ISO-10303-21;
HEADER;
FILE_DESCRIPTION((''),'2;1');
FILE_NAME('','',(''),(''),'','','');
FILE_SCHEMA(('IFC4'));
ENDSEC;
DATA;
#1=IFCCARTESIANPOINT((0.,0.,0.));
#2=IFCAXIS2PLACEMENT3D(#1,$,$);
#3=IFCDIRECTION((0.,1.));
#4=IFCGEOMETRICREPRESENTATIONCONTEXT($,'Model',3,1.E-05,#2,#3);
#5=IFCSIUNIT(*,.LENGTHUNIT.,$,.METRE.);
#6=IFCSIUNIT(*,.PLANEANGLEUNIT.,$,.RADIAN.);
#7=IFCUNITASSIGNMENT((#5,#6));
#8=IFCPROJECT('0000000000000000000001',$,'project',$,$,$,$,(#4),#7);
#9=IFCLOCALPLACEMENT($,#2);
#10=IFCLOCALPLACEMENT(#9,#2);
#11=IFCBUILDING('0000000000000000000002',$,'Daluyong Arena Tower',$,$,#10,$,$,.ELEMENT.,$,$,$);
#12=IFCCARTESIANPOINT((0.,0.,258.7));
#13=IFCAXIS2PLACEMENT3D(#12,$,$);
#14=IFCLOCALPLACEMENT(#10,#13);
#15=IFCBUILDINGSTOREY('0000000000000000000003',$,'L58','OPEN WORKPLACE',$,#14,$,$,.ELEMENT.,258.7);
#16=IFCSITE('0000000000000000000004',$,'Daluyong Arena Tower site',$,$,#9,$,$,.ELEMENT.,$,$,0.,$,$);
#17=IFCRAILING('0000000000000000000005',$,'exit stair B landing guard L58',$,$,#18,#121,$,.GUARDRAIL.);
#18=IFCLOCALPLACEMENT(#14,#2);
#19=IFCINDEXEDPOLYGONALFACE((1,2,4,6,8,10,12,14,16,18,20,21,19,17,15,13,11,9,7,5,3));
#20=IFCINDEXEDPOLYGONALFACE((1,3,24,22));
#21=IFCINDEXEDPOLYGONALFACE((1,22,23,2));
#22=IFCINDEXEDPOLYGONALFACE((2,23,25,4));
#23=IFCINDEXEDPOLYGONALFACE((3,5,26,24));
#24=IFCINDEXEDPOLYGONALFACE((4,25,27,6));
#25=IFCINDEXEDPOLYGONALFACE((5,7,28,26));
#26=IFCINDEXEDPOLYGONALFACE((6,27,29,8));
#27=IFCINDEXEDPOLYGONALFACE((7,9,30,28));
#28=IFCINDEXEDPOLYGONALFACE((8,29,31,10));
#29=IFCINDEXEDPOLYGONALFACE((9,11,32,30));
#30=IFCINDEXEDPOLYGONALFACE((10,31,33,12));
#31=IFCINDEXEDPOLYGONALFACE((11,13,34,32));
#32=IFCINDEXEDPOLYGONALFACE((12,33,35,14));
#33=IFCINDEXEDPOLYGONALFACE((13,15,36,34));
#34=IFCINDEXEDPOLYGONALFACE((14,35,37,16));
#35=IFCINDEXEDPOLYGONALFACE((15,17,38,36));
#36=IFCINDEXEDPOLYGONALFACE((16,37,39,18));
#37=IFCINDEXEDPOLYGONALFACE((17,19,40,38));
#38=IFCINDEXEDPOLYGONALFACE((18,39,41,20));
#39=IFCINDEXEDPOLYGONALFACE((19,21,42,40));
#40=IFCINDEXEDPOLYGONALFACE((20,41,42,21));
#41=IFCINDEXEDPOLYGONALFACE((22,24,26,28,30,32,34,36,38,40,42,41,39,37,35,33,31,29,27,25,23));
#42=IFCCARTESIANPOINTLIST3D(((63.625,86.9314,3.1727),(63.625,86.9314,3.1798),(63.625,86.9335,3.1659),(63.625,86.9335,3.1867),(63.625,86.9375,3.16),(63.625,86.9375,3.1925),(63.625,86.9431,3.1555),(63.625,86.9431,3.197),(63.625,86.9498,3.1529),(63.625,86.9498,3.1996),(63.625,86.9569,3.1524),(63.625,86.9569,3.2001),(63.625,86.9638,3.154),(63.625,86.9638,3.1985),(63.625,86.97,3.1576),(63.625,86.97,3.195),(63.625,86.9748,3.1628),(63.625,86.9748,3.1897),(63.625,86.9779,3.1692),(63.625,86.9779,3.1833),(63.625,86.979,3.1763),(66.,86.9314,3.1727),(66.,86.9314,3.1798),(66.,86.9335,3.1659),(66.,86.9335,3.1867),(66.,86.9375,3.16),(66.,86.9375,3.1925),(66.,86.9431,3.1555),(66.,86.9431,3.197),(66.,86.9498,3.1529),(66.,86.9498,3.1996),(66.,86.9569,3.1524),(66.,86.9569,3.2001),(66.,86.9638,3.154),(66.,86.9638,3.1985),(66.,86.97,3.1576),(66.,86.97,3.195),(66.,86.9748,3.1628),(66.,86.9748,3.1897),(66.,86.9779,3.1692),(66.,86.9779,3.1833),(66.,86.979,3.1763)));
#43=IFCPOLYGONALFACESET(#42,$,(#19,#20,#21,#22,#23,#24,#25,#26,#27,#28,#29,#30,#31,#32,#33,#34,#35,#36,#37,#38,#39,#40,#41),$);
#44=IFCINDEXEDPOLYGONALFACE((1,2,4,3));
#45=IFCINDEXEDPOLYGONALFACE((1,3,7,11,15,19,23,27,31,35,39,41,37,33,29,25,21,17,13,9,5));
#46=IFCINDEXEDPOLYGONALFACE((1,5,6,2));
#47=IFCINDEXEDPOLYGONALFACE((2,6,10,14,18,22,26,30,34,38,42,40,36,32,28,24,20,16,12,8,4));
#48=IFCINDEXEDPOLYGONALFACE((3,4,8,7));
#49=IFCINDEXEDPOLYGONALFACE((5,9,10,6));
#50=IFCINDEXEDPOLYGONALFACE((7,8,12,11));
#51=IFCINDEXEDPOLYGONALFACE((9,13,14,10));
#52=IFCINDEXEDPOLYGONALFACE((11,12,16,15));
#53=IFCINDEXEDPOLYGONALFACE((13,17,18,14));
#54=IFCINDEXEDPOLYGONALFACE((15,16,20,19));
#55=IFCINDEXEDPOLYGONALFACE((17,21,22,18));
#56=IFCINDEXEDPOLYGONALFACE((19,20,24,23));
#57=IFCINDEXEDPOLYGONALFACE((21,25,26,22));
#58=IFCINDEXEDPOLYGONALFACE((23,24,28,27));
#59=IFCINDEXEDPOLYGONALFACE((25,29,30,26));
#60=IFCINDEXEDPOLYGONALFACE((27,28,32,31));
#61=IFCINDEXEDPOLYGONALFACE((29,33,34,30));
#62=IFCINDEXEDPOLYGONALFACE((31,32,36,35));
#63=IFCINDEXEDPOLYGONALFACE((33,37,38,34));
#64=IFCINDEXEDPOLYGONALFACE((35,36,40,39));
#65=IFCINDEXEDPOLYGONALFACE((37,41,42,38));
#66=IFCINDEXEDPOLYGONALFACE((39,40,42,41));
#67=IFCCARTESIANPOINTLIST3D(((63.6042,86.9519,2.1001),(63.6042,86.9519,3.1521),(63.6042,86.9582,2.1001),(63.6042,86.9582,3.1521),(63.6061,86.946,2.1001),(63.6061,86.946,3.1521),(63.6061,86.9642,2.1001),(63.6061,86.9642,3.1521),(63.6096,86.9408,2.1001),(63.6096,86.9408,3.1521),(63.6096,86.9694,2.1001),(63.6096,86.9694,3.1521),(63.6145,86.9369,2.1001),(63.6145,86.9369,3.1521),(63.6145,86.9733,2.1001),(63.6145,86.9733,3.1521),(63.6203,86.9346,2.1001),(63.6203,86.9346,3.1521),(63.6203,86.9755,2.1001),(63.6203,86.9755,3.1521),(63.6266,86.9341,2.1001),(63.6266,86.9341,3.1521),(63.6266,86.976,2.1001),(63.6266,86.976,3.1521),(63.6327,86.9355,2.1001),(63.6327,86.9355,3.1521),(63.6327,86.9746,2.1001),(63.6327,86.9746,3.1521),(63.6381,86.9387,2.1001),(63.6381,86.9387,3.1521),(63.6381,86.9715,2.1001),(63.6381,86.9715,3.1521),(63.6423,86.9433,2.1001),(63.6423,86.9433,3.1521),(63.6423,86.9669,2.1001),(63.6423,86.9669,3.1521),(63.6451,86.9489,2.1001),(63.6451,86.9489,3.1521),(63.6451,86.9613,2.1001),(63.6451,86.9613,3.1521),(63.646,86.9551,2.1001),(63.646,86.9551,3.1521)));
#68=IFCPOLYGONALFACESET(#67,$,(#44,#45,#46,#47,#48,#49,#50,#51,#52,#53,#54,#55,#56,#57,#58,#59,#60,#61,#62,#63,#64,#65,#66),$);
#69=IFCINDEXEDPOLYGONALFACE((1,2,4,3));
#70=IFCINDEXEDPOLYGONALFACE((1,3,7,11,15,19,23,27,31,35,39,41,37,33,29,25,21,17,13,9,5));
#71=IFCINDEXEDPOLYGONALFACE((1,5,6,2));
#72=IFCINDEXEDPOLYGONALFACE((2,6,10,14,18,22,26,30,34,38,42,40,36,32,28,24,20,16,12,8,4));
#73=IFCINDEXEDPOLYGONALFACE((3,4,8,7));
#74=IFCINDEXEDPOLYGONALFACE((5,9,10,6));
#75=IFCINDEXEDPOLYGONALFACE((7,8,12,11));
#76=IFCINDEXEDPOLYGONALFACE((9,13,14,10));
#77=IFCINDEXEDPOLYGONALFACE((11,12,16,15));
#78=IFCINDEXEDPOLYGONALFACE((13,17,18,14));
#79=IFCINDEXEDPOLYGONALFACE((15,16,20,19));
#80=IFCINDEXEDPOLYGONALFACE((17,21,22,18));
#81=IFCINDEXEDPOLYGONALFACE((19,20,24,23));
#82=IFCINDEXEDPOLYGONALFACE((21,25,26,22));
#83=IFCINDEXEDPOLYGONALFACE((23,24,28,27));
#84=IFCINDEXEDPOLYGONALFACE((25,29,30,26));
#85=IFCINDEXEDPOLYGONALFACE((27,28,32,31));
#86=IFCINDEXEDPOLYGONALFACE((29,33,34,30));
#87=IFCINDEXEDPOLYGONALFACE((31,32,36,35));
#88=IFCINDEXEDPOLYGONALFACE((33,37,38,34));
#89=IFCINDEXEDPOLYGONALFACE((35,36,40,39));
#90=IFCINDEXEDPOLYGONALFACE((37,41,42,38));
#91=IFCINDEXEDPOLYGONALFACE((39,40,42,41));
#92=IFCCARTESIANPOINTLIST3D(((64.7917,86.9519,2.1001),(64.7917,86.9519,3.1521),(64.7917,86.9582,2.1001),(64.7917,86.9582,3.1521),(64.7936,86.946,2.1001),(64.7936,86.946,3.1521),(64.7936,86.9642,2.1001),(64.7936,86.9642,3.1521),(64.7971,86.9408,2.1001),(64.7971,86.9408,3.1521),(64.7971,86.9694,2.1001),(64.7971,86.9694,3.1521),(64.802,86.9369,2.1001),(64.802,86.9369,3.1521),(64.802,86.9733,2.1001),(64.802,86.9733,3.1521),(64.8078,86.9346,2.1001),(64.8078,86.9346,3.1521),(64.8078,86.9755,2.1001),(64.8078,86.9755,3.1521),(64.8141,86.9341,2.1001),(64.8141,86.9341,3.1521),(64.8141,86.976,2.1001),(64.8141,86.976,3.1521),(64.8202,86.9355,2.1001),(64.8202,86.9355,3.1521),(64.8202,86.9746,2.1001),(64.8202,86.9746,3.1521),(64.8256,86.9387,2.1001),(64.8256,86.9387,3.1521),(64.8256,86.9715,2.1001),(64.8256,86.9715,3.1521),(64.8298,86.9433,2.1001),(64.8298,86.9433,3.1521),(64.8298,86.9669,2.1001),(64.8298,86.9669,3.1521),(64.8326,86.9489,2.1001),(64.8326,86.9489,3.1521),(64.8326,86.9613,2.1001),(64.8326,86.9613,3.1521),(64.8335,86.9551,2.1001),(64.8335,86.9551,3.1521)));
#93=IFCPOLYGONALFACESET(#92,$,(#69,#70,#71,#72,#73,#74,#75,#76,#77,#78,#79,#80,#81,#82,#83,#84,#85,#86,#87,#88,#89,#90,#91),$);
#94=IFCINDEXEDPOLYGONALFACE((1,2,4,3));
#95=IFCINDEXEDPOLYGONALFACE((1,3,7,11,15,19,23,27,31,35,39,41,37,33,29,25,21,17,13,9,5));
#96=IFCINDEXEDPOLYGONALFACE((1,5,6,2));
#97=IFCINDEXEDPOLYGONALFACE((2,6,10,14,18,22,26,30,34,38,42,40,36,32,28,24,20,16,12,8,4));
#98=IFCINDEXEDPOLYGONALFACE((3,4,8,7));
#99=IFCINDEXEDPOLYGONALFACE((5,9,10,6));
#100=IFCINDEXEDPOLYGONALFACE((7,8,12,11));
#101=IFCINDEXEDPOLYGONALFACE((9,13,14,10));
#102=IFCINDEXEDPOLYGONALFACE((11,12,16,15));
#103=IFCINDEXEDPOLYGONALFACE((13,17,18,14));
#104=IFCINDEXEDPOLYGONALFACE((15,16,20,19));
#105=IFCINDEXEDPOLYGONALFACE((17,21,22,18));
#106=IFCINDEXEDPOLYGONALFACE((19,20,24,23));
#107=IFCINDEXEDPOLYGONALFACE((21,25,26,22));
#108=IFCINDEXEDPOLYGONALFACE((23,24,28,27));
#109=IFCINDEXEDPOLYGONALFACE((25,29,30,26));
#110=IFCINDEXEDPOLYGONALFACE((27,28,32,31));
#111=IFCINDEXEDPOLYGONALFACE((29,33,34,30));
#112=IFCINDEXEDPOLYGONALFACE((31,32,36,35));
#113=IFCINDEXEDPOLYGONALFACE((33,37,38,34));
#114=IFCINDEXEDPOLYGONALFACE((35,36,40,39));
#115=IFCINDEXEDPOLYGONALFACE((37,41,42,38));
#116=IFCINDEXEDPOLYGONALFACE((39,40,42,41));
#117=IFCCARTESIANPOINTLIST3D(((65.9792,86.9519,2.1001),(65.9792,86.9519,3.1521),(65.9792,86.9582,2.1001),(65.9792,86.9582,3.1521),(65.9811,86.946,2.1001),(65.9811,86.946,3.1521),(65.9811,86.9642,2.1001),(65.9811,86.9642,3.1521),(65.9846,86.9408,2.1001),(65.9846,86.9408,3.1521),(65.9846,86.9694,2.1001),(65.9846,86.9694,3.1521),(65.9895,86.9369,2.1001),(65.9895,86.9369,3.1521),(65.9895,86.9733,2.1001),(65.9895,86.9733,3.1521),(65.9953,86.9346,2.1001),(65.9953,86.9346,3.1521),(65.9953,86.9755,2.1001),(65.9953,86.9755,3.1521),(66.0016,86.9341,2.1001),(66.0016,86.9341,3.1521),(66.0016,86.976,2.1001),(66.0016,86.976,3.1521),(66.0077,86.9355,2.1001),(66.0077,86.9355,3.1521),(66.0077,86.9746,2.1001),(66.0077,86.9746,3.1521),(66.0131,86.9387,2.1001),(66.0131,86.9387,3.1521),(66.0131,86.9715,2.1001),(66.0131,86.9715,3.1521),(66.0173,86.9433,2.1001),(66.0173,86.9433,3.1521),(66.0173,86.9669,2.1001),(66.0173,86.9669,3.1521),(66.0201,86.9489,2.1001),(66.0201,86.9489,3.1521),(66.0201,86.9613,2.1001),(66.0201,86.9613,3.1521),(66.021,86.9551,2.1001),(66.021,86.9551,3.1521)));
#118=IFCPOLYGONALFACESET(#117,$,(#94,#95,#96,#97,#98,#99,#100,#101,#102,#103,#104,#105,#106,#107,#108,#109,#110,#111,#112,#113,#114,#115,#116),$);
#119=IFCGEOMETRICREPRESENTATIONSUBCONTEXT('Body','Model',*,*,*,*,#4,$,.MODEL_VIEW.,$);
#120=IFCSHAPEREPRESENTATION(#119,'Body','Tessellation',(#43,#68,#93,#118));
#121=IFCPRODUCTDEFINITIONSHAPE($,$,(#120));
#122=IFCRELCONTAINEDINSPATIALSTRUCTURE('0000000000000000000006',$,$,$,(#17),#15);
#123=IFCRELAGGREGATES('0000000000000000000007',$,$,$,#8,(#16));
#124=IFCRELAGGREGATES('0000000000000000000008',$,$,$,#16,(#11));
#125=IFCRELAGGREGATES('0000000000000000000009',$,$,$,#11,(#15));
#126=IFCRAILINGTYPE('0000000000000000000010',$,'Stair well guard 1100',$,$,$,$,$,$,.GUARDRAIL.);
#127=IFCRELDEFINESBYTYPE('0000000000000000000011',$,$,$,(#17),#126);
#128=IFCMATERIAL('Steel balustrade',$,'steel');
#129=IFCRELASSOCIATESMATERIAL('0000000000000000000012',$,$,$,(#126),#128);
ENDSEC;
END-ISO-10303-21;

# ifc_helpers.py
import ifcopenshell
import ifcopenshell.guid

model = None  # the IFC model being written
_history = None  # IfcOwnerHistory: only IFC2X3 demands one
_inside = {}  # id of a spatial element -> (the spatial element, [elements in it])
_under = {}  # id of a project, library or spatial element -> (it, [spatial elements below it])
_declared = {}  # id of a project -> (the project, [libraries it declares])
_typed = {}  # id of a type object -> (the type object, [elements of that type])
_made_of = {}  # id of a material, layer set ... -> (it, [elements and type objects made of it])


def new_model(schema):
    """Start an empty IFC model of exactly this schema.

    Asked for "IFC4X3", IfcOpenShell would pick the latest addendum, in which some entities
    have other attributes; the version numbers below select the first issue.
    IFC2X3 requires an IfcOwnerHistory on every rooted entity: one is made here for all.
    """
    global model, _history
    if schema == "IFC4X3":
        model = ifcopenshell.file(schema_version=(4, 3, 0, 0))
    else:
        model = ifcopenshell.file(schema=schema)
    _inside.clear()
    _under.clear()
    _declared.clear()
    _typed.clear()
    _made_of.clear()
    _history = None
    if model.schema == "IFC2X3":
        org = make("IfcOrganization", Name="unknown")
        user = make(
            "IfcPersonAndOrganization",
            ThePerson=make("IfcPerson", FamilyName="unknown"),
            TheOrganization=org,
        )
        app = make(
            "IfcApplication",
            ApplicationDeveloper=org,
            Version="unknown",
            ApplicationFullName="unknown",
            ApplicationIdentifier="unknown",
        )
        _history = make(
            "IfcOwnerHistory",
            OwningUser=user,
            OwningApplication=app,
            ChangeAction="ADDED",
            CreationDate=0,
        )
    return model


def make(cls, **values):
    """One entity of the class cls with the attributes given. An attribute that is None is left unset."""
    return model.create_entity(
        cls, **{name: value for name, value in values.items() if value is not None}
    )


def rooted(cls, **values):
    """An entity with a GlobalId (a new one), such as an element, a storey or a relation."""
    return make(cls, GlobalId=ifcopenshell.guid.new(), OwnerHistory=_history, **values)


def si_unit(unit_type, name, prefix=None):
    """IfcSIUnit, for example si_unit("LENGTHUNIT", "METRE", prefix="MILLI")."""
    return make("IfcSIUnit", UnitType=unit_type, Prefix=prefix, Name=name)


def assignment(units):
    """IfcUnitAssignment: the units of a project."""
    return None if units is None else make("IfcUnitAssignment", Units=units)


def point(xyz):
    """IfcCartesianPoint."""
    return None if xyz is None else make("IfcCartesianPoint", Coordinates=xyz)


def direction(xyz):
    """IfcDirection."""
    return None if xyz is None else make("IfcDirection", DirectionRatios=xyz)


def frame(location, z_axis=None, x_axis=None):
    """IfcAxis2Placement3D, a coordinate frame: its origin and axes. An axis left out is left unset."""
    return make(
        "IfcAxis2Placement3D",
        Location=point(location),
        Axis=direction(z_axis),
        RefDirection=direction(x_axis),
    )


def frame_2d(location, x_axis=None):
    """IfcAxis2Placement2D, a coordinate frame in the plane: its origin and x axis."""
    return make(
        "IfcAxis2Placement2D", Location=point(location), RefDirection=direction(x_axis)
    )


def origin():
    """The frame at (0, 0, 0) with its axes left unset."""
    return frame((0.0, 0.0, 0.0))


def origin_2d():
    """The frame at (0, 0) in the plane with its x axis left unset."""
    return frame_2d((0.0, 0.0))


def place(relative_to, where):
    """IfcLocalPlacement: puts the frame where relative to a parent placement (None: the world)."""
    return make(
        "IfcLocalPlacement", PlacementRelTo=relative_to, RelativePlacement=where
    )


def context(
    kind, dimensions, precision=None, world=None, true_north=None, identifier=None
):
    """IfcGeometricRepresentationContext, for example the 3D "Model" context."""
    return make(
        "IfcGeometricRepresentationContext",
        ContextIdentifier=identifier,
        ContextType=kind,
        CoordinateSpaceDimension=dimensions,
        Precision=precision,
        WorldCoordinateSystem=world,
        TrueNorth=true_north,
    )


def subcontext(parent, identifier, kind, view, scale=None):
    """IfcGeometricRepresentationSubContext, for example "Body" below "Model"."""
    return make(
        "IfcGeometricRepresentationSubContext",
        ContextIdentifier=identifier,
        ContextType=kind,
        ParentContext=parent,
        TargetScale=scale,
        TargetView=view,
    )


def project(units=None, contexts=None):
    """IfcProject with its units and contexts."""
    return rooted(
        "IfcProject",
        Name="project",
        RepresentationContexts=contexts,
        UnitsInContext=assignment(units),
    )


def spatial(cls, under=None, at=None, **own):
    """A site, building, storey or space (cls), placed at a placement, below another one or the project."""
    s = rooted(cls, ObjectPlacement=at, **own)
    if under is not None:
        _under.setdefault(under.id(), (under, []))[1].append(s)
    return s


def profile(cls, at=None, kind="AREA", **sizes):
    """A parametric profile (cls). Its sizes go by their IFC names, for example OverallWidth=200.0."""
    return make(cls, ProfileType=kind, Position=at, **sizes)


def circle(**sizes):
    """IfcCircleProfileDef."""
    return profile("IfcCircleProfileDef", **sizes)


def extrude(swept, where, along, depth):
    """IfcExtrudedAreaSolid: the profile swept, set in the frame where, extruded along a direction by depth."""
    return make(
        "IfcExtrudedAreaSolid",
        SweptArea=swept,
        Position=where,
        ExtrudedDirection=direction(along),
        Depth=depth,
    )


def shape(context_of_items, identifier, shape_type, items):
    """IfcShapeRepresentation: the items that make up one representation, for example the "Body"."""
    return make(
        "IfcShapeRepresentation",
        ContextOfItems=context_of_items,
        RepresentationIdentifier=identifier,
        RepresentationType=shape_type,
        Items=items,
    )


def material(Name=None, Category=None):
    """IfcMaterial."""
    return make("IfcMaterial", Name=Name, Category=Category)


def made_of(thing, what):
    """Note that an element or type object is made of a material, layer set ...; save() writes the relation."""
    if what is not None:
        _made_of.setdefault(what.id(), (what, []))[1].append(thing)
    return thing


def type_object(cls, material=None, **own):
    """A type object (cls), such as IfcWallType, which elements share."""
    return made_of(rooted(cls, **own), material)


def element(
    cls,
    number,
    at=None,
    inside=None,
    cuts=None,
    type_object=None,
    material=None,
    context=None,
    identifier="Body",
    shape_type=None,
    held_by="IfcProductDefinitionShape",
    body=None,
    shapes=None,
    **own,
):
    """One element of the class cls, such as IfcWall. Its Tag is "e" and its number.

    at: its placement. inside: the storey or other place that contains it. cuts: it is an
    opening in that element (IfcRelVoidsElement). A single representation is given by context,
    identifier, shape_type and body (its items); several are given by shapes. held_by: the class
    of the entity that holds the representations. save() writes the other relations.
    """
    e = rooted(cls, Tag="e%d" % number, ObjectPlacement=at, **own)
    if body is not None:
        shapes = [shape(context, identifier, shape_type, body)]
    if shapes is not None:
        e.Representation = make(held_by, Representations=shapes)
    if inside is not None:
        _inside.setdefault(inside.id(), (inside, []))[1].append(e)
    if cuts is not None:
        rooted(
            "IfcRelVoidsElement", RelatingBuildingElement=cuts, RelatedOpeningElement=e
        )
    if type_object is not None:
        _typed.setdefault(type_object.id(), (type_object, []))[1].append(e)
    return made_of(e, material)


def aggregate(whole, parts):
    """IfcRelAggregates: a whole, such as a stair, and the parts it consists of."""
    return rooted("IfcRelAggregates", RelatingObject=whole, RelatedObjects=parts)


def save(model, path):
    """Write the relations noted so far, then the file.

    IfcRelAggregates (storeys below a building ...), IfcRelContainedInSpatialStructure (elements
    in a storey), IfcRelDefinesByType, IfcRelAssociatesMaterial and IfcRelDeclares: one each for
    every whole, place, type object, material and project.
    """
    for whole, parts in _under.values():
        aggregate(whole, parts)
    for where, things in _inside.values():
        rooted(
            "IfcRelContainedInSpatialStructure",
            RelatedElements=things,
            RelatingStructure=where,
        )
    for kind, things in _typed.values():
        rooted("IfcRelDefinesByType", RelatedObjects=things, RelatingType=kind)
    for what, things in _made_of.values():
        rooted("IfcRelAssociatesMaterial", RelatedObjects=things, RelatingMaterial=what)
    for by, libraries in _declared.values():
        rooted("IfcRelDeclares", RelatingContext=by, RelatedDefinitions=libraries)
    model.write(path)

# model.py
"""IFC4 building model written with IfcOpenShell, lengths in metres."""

from ifc_helpers import new_model, si_unit, direction, frame, origin, origin_2d, place, context, subcontext, project, spatial, circle, extrude, material, type_object, element, save


model = new_model("IFC4")

# Units and contexts
model_context = context("Model", 3, precision=1e-05, world=origin(), true_north=direction((0.0, 1.0)))
body_context = subcontext(model_context, "Body", "Model", "MODEL_VIEW")
ifc_project = project(units=[si_unit("LENGTHUNIT", "METRE"), si_unit("PLANEANGLEUNIT", "RADIAN")], contexts=[model_context])

# Site, building, storey
site_placement = place(None, origin())
site = spatial("IfcSite", under=ifc_project, at=site_placement, Name="Daluyong Arena Tower site", CompositionType="ELEMENT", RefElevation=0.0)
building_placement = place(site_placement, origin())
building = spatial("IfcBuilding", under=site, at=building_placement, Name="Daluyong Arena Tower", CompositionType="ELEMENT")
storey_placement = place(building_placement, frame((0.0, 0.0, 258.7)))
storey = spatial("IfcBuildingStorey", under=building, at=storey_placement, Name="L58", Description="OPEN WORKPLACE", CompositionType="ELEMENT", Elevation=258.7)

# Railing
ifc_material_1 = material(Name="Steel balustrade", Category="steel")
railing_type_1 = type_object("IfcRailingType", Name="Stair well guard 1100", PredefinedType="GUARDRAIL", material=ifc_material_1)
railing_1_placement = place(storey_placement, frame((63.625, 86.9551, 2.1001)))
element("IfcRailing", 1, at=railing_1_placement, inside=storey, type_object=railing_type_1, Name="exit stair B landing guard L58", PredefinedType="GUARDRAIL", context=body_context, shape_type="SweptSolid", body=[
    extrude(circle(Radius=0.0239, at=origin_2d()), frame((0.0, 0.0, 1.0762), z_axis=(1.0, 0.0, 0.0), x_axis=(0.0, 1.0, 0.0)), (0.0, 0.0, 1.0), 2.375),
    extrude(circle(Radius=0.021, at=origin_2d()), origin(), (0.0, 0.0, 1.0), 1.052),
    extrude(circle(Radius=0.021, at=origin_2d()), frame((1.1875, 0.0, 0.0)), (0.0, 0.0, 1.0), 1.052),
    extrude(circle(Radius=0.021, at=origin_2d()), frame((2.375, 0.0, 0.0)), (0.0, 0.0, 1.0), 1.052),
])

save(model, "model.ifc")
